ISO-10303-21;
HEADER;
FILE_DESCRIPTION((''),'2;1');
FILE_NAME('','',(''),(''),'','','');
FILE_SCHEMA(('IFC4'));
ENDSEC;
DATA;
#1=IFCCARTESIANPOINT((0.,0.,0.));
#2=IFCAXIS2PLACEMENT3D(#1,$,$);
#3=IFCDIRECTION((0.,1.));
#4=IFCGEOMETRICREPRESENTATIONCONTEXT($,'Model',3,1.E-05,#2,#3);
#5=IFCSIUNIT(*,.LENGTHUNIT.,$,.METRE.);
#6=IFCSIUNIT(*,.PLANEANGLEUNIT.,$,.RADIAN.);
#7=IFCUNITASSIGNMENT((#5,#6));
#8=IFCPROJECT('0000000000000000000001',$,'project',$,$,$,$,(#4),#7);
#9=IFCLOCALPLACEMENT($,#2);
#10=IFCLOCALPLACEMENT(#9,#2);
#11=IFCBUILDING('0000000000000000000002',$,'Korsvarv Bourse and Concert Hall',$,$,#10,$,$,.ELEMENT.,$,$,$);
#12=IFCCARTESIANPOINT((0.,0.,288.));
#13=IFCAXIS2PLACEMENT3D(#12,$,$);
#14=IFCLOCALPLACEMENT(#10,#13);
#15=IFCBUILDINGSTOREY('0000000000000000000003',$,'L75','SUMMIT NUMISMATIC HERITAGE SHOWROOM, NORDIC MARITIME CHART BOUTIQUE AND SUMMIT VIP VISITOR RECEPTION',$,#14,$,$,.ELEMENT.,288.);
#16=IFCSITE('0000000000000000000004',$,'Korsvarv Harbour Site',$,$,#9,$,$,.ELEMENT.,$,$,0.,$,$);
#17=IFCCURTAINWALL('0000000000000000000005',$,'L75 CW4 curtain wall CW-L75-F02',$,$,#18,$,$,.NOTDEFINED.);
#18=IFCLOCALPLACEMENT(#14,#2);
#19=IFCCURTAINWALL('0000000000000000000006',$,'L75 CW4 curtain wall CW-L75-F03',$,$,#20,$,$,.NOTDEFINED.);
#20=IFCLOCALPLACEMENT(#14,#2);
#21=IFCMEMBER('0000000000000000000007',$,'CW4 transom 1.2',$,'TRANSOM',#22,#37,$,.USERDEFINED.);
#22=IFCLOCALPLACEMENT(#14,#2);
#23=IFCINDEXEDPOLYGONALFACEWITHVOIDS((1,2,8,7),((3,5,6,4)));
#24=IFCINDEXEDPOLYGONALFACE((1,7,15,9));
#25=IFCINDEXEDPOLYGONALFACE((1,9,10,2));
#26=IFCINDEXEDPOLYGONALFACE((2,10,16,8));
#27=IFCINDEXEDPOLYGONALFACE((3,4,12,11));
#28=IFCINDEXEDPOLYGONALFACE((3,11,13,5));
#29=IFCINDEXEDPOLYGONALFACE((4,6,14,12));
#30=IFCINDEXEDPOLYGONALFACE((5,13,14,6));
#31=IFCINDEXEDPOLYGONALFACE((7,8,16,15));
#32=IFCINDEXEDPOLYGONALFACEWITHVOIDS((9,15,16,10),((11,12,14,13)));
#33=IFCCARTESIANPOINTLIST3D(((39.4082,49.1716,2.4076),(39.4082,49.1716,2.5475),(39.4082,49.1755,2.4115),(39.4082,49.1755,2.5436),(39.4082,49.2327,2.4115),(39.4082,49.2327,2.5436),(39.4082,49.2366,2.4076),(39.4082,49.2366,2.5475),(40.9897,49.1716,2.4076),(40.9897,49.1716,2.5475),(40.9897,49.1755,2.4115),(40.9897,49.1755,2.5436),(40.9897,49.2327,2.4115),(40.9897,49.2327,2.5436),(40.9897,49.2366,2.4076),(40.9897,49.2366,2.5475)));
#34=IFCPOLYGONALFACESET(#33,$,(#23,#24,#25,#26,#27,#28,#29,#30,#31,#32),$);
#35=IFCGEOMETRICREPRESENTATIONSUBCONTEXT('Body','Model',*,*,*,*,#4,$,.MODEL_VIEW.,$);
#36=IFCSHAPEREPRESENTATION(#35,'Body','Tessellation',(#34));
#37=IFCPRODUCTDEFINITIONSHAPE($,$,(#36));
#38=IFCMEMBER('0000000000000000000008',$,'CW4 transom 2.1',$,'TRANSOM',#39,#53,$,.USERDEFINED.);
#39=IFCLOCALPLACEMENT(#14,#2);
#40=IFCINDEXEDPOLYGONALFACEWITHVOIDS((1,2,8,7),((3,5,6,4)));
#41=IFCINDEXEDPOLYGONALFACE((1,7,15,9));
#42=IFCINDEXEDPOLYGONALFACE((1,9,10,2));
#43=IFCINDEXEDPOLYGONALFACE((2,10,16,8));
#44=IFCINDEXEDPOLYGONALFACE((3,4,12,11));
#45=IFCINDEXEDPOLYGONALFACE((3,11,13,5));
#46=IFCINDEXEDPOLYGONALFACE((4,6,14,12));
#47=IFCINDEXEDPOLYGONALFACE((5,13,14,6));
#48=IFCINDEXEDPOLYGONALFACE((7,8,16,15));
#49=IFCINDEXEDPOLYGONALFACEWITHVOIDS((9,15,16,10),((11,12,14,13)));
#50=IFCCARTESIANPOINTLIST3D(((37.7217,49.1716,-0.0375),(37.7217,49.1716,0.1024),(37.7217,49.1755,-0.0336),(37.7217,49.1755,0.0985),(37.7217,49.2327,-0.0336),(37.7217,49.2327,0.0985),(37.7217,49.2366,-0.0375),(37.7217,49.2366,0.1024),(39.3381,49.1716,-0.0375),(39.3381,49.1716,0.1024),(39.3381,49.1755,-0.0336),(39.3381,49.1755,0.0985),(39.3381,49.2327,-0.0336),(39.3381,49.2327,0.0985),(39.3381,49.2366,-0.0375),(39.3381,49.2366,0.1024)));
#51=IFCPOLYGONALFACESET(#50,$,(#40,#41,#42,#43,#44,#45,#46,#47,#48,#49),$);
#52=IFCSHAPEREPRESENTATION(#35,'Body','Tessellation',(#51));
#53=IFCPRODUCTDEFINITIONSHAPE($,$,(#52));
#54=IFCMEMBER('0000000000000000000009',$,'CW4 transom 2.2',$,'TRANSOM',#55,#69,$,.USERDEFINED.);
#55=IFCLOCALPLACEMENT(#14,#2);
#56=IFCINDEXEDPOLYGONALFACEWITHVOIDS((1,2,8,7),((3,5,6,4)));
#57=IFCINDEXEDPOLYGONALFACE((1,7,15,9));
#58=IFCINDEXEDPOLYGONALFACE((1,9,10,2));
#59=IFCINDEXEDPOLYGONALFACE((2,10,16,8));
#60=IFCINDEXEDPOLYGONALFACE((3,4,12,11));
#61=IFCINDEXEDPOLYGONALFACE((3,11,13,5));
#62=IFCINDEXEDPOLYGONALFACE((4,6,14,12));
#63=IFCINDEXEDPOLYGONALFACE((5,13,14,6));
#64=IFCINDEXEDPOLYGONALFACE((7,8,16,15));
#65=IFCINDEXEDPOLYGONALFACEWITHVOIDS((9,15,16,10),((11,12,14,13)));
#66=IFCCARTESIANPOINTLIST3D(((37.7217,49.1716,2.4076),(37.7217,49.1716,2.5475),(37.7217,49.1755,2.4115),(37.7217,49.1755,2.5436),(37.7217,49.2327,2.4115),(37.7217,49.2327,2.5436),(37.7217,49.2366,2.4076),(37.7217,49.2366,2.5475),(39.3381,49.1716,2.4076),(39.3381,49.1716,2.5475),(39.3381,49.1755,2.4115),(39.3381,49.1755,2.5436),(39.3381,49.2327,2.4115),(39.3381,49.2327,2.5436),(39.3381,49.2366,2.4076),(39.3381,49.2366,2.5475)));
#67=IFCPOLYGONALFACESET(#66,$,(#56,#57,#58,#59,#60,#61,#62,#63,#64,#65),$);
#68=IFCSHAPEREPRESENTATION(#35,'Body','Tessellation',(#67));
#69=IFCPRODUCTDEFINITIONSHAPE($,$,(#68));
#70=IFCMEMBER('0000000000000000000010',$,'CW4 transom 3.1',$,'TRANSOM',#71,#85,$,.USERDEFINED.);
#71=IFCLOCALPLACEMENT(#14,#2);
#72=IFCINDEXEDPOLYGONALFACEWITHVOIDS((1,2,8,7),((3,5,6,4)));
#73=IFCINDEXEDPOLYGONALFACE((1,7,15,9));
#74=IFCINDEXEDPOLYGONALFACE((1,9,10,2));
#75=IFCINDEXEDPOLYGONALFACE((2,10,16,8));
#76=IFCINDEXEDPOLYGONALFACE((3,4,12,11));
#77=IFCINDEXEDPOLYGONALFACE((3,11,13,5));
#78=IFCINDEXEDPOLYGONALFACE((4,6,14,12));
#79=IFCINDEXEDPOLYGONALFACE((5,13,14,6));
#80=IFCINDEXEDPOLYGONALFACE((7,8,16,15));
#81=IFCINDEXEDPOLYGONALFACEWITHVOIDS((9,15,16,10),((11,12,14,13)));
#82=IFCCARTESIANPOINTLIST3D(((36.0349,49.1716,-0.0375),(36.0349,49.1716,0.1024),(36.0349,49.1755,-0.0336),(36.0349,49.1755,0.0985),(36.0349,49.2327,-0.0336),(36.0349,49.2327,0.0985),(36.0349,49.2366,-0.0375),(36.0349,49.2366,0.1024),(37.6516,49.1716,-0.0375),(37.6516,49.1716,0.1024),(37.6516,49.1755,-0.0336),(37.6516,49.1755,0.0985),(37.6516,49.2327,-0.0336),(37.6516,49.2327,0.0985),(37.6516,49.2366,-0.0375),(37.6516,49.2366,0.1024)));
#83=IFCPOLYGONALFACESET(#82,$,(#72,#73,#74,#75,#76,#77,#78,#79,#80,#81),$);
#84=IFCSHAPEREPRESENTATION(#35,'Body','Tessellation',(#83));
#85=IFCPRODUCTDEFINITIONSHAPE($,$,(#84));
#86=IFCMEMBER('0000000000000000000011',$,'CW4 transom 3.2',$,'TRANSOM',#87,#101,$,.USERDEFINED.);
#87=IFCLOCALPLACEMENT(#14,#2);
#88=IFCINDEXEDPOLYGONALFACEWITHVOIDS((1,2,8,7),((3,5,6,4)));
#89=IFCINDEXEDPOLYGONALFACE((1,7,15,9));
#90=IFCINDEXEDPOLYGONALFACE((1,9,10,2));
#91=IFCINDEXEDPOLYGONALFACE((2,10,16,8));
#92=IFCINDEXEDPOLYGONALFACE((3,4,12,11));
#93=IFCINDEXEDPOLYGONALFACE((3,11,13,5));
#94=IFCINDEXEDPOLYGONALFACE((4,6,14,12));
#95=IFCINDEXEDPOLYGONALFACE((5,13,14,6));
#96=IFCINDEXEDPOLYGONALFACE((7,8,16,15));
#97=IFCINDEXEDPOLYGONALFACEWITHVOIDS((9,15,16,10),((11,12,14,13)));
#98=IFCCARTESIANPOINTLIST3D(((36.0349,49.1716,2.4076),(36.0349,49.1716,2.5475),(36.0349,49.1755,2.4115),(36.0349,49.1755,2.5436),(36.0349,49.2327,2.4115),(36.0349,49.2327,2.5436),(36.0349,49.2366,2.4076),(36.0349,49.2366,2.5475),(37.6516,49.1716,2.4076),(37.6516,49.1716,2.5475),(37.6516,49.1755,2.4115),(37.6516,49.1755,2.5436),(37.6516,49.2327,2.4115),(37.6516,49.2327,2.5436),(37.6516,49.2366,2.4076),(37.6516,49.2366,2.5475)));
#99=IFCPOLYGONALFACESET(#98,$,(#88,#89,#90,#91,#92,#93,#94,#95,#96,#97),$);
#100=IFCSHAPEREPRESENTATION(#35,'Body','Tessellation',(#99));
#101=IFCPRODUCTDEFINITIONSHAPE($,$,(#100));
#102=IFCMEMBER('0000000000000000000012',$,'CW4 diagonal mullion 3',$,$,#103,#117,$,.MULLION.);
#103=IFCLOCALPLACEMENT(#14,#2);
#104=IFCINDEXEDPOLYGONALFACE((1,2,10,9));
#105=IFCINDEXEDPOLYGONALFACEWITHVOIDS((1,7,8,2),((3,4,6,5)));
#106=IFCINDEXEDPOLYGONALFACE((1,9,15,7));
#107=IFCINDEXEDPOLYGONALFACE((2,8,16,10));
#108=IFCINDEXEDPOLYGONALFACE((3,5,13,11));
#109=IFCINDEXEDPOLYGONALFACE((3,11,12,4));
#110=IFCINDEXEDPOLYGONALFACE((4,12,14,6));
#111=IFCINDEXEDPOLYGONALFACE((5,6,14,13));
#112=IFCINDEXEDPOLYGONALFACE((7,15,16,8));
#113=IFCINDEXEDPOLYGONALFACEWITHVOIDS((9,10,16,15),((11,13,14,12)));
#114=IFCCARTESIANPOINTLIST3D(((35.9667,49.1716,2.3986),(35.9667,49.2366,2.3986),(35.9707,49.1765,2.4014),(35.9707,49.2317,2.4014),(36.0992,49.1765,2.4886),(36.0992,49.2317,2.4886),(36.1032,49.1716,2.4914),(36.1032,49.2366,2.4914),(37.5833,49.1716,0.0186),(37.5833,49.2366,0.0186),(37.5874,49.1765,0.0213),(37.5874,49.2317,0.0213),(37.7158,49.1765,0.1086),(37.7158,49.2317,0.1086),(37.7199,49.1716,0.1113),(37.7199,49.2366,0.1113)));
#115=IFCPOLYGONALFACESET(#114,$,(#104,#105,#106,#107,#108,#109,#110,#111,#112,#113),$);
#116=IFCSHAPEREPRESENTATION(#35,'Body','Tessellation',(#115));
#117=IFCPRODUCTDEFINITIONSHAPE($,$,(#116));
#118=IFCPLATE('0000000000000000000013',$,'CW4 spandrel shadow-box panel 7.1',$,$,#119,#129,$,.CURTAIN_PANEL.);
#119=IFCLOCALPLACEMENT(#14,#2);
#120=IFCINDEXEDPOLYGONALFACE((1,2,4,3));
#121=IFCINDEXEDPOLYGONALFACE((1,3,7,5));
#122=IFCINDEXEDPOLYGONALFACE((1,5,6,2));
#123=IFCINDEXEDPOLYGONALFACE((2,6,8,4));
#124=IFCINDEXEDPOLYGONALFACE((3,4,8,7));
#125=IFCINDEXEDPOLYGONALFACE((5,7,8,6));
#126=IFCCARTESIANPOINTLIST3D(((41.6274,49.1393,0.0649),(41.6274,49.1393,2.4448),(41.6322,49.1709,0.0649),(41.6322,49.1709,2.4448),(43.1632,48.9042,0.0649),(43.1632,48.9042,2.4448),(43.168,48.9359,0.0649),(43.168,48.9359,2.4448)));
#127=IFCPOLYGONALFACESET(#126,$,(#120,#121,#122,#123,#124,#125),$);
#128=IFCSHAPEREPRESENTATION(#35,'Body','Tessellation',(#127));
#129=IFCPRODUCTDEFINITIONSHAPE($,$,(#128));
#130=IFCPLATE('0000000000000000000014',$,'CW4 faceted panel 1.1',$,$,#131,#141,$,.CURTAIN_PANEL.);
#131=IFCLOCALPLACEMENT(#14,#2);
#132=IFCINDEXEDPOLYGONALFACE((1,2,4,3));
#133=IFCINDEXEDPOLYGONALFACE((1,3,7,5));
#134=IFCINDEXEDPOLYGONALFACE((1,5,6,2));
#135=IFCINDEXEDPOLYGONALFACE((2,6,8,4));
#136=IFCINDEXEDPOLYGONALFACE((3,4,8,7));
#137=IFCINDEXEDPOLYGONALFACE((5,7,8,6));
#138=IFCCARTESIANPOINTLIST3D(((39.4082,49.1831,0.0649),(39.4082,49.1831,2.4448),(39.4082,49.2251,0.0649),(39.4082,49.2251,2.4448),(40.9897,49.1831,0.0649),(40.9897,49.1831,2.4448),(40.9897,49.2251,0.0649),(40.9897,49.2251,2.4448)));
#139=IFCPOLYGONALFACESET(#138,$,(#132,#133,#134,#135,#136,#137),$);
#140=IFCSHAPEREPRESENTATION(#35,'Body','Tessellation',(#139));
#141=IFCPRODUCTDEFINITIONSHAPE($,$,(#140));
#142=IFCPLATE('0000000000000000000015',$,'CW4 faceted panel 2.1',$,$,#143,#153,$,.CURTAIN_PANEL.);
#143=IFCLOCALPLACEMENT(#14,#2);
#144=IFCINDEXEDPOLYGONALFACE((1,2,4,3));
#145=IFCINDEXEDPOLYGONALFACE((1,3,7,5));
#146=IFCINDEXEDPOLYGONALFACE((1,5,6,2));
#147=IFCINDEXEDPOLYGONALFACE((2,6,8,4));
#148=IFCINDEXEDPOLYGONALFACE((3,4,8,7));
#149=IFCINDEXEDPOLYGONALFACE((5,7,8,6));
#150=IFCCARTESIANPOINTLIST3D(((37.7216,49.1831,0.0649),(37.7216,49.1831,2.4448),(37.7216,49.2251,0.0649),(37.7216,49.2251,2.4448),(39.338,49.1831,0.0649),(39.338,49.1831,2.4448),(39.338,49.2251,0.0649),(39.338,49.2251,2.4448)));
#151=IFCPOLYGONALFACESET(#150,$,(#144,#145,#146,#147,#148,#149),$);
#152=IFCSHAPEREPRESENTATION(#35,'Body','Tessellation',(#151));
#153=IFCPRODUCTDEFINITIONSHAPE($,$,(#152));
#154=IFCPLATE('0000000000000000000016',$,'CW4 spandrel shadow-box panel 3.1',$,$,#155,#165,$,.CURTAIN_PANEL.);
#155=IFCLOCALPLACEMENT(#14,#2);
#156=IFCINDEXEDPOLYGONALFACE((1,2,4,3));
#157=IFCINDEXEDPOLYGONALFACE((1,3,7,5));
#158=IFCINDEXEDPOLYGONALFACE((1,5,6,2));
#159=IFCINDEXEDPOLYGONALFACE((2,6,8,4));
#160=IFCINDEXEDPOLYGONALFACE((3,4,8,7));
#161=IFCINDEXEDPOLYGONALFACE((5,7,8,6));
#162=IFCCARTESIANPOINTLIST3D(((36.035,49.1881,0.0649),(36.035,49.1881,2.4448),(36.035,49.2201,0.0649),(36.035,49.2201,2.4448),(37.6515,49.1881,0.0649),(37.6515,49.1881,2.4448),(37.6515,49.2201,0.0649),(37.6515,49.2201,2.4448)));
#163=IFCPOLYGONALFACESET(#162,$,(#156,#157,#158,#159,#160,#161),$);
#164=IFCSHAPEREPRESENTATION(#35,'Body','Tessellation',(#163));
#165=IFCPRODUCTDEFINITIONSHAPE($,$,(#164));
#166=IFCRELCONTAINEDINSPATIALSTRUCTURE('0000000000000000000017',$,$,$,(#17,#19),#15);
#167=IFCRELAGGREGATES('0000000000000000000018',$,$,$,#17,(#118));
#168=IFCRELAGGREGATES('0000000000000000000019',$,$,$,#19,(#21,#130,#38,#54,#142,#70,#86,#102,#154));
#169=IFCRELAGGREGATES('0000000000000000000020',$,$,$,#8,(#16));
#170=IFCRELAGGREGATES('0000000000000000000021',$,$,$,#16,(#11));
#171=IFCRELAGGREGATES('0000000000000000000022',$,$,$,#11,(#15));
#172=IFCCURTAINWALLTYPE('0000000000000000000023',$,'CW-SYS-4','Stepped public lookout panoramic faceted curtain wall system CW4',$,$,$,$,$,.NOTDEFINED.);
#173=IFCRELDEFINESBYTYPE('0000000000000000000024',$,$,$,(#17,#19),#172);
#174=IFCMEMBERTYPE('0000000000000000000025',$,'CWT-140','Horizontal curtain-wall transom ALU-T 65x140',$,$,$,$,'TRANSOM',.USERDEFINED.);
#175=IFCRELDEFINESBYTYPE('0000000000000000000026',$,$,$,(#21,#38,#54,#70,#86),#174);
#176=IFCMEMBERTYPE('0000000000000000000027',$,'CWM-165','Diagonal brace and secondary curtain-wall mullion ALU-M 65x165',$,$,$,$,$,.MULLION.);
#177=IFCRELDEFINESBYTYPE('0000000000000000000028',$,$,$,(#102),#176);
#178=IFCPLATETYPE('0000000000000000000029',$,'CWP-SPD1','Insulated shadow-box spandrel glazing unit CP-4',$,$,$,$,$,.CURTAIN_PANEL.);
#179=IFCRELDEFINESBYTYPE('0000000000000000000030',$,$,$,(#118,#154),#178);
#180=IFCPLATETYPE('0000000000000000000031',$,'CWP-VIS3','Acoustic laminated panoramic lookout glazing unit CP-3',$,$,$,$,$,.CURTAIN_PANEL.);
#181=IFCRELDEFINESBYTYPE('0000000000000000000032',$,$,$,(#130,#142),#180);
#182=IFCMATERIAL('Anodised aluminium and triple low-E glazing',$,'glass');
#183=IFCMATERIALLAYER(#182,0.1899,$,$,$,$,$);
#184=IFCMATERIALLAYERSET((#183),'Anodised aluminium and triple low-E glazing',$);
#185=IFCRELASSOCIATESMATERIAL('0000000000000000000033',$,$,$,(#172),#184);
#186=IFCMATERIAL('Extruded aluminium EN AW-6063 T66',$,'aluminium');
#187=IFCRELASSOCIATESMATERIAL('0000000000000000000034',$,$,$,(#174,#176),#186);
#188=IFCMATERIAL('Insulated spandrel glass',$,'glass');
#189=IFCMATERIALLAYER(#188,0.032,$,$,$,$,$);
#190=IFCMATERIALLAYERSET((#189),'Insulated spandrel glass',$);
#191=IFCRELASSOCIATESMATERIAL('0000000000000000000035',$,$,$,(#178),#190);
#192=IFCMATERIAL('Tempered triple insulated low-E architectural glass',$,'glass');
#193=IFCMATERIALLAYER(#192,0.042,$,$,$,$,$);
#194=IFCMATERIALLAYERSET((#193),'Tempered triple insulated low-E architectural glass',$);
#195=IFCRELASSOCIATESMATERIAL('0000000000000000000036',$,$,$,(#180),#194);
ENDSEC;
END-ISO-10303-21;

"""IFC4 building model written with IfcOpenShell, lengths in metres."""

from ifc_helpers import new_model, si_unit, direction, frame, origin, origin_2d, place, context, subcontext, project, spatial, rectangle, hollow_rectangle, extrude, source, transform, mapped, material, layer, layer_set, material_profile, profile_set, type_object, element, aggregate, save


model = new_model("IFC4")

# Units and contexts
model_context = context("Model", 3, precision=1e-05, world=origin(), true_north=direction((0.0, 1.0)))
body_context = subcontext(model_context, "Body", "Model", "MODEL_VIEW")
ifc_project = project(units=[si_unit("LENGTHUNIT", "METRE"), si_unit("PLANEANGLEUNIT", "RADIAN")], contexts=[model_context])

# Site, building, storey
site_placement = place(None, origin())
site = spatial("IfcSite", under=ifc_project, at=site_placement, Name="Korsvarv Harbour Site", CompositionType="ELEMENT", RefElevation=0.0)
building_placement = place(site_placement, origin())
building = spatial("IfcBuilding", under=site, at=building_placement, Name="Korsvarv Bourse and Concert Hall", CompositionType="ELEMENT")
storey_placement = place(building_placement, frame((0.0, 0.0, 288.0)))
storey = spatial("IfcBuildingStorey", under=building, at=storey_placement, Name="L75", Description="SUMMIT NUMISMATIC HERITAGE SHOWROOM, NORDIC MARITIME CHART BOUTIQUE AND SUMMIT VIP VISITOR RECEPTION", CompositionType="ELEMENT", Elevation=288.0)

# Curtain wall
ifc_material_1 = material(Name="Anodised aluminium and triple low-E glazing", Category="glass")
ifc_layer_1 = layer(ifc_material_1, 0.1899)
ifc_layer_set_1 = layer_set([ifc_layer_1], Name="Anodised aluminium and triple low-E glazing")
curtain_wall_type = type_object("IfcCurtainWallType", Name="CW-SYS-4", Description="Stepped public lookout panoramic faceted curtain wall system CW4", PredefinedType="NOTDEFINED", material=ifc_layer_set_1)
curtain_wall_1_placement = place(storey_placement, origin())
curtain_wall_1 = element("IfcCurtainWall", 1, at=curtain_wall_1_placement, inside=storey, type_object=curtain_wall_type, Name="L75 CW4 curtain wall CW-L75-F02", PredefinedType="NOTDEFINED")
ifc_material_2 = material(Name="Extruded aluminium EN AW-6063 T66", Category="aluminium")

# Curtain wall, members
curtain_wall_2_placement = place(storey_placement, origin())
curtain_wall_2 = element("IfcCurtainWall", 2, at=curtain_wall_2_placement, inside=storey, type_object=curtain_wall_type, Name="L75 CW4 curtain wall CW-L75-F03", PredefinedType="NOTDEFINED")
ifc_material_profile_1 = material_profile(ifc_material_2, hollow_rectangle(XDim=0.0649, YDim=0.1399, WallThickness=0.0039, at=origin_2d()), Name="ALU-T 65x140")
ifc_profile_set_1 = profile_set([ifc_material_profile_1], Name="Extruded aluminium EN AW-6063 T66")
member_type_1 = type_object("IfcMemberType", Name="CWT-140", Description="Horizontal curtain-wall transom ALU-T 65x140", ElementType="TRANSOM", PredefinedType="USERDEFINED", material=ifc_profile_set_1)
shared_shape_1 = source(origin(), body_context, "Body", "SweptSolid", [
    extrude(hollow_rectangle(XDim=0.0649, YDim=0.1399, WallThickness=0.0039, at=origin_2d()), origin(), (0.0, 0.0, 1.0), 1.5815),
])
member_1_placement = place(storey_placement, frame((40.9897, 49.2041, 2.4775), z_axis=(-1.0, 0.0, 0.0), x_axis=(0.0, -1.0, 0.0)))
member_1 = element("IfcMember", 3, at=member_1_placement, type_object=member_type_1, Name="CW4 transom 1.2", ObjectType="TRANSOM", PredefinedType="USERDEFINED", context=body_context, shape_type="MappedRepresentation", body=[
    mapped(shared_shape_1, transform((0.0, 0.0, 0.0), scale=1.0)),
])
shared_shape_2 = source(origin(), body_context, "Body", "SweptSolid", [
    extrude(hollow_rectangle(XDim=0.0649, YDim=0.1399, WallThickness=0.0039, at=origin_2d()), origin(), (0.0, 0.0, 1.0), 1.6165),
])
member_2_placement = place(storey_placement, frame((39.3381, 49.2041, 0.0325), z_axis=(-1.0, 0.0, 0.0), x_axis=(0.0, -1.0, 0.0)))
member_2 = element("IfcMember", 4, at=member_2_placement, type_object=member_type_1, Name="CW4 transom 2.1", ObjectType="TRANSOM", PredefinedType="USERDEFINED", context=body_context, shape_type="MappedRepresentation", body=[
    mapped(shared_shape_2, transform((0.0, 0.0, 0.0), scale=1.0)),
])
member_3_placement = place(storey_placement, frame((39.3381, 49.2041, 2.4775), z_axis=(-1.0, 0.0, 0.0), x_axis=(0.0, -1.0, 0.0)))
member_3 = element("IfcMember", 5, at=member_3_placement, type_object=member_type_1, Name="CW4 transom 2.2", ObjectType="TRANSOM", PredefinedType="USERDEFINED", context=body_context, shape_type="MappedRepresentation", body=[
    mapped(shared_shape_2, transform((0.0, 0.0, 0.0), scale=1.0)),
])
shared_shape_3 = source(origin(), body_context, "Body", "SweptSolid", [
    extrude(hollow_rectangle(XDim=0.0649, YDim=0.1399, WallThickness=0.0039, at=origin_2d()), origin(), (0.0, 0.0, 1.0), 1.6167),
])
member_4_placement = place(storey_placement, frame((37.6516, 49.2041, 0.0325), z_axis=(-1.0, 0.0, 0.0), x_axis=(0.0, -1.0, 0.0)))
member_4 = element("IfcMember", 6, at=member_4_placement, type_object=member_type_1, Name="CW4 transom 3.1", ObjectType="TRANSOM", PredefinedType="USERDEFINED", context=body_context, shape_type="MappedRepresentation", body=[
    mapped(shared_shape_3, transform((0.0, 0.0, 0.0), scale=1.0)),
])
member_5_placement = place(storey_placement, frame((37.6516, 49.2041, 2.4775), z_axis=(-1.0, 0.0, 0.0), x_axis=(0.0, -1.0, 0.0)))
member_5 = element("IfcMember", 7, at=member_5_placement, type_object=member_type_1, Name="CW4 transom 3.2", ObjectType="TRANSOM", PredefinedType="USERDEFINED", context=body_context, shape_type="MappedRepresentation", body=[
    mapped(shared_shape_3, transform((0.0, 0.0, 0.0), scale=1.0)),
])
ifc_material_profile_2 = material_profile(ifc_material_2, hollow_rectangle(XDim=0.0649, YDim=0.165, WallThickness=0.0049, at=origin_2d()), Name="ALU-M 65x165")
ifc_profile_set_2 = profile_set([ifc_material_profile_2], Name="Extruded aluminium EN AW-6063 T66")
member_type_2 = type_object("IfcMemberType", Name="CWM-165", Description="Diagonal brace and secondary curtain-wall mullion ALU-M 65x165", PredefinedType="MULLION", material=ifc_profile_set_2)
shared_shape_4 = source(origin(), body_context, "Body", "SweptSolid", [
    extrude(hollow_rectangle(XDim=0.0649, YDim=0.165, WallThickness=0.0049, at=origin_2d()), origin(), (0.0, 0.0, 1.0), 2.8772),
])
member_6_placement = place(storey_placement, frame((37.6516, 49.2041, 0.0649), z_axis=(-0.561885, 0.0, 0.827215), x_axis=(0.0, -1.0, 0.0)))
member_6 = element("IfcMember", 8, at=member_6_placement, type_object=member_type_2, Name="CW4 diagonal mullion 3", PredefinedType="MULLION", context=body_context, shape_type="MappedRepresentation", body=[
    mapped(shared_shape_4, transform((0.0, 0.0, 0.0), scale=1.0)),
])

# Plates
ifc_material_3 = material(Name="Insulated spandrel glass", Category="glass")
ifc_layer_2 = layer(ifc_material_3, 0.032)
ifc_layer_set_2 = layer_set([ifc_layer_2], Name="Insulated spandrel glass")
plate_type_1 = type_object("IfcPlateType", Name="CWP-SPD1", Description="Insulated shadow-box spandrel glazing unit CP-4", PredefinedType="CURTAIN_PANEL", material=ifc_layer_set_2)
shared_shape_5 = source(origin(), body_context, "Body", "SweptSolid", [
    extrude(rectangle(XDim=1.5537, YDim=0.032, at=origin_2d()), origin(), (0.0, 0.0, 1.0), 2.3799),
])
plate_1_placement = place(storey_placement, frame((42.3977, 49.0376, 0.0649), z_axis=(0.0, 0.0, 1.0), x_axis=(-0.988487, 0.151305, 0.0)))
plate_1 = element("IfcPlate", 9, at=plate_1_placement, type_object=plate_type_1, Name="CW4 spandrel shadow-box panel 7.1", PredefinedType="CURTAIN_PANEL", context=body_context, shape_type="MappedRepresentation", body=[
    mapped(shared_shape_5, transform((0.0, 0.0, 0.0), scale=1.0)),
])
aggregate(curtain_wall_1, [plate_1])
ifc_material_4 = material(Name="Tempered triple insulated low-E architectural glass", Category="glass")
ifc_layer_3 = layer(ifc_material_4, 0.042)
ifc_layer_set_3 = layer_set([ifc_layer_3], Name="Tempered triple insulated low-E architectural glass")
plate_type_2 = type_object("IfcPlateType", Name="CWP-VIS3", Description="Acoustic laminated panoramic lookout glazing unit CP-3", PredefinedType="CURTAIN_PANEL", material=ifc_layer_set_3)
shared_shape_6 = source(origin(), body_context, "Body", "SweptSolid", [
    extrude(rectangle(XDim=1.5815, YDim=0.042, at=origin_2d()), origin(), (0.0, 0.0, 1.0), 2.3799),
])
plate_2_placement = place(storey_placement, frame((40.199, 49.2041, 0.0649), z_axis=(0.0, 0.0, 1.0), x_axis=(-1.0, 0.0, 0.0)))
plate_2 = element("IfcPlate", 10, at=plate_2_placement, type_object=plate_type_2, Name="CW4 faceted panel 1.1", PredefinedType="CURTAIN_PANEL", context=body_context, shape_type="MappedRepresentation", body=[
    mapped(shared_shape_6, transform((0.0, 0.0, 0.0), scale=1.0)),
])
shared_shape_7 = source(origin(), body_context, "Body", "SweptSolid", [
    extrude(rectangle(XDim=1.6165, YDim=0.042, at=origin_2d()), origin(), (0.0, 0.0, 1.0), 2.3799),
])
plate_3_placement = place(storey_placement, frame((38.5298, 49.2041, 0.0649), z_axis=(0.0, 0.0, 1.0), x_axis=(-1.0, 0.0, 0.0)))
plate_3 = element("IfcPlate", 11, at=plate_3_placement, type_object=plate_type_2, Name="CW4 faceted panel 2.1", PredefinedType="CURTAIN_PANEL", context=body_context, shape_type="MappedRepresentation", body=[
    mapped(shared_shape_7, transform((0.0, 0.0, 0.0), scale=1.0)),
])
shared_shape_8 = source(origin(), body_context, "Body", "SweptSolid", [
    extrude(rectangle(XDim=1.6165, YDim=0.032, at=origin_2d()), origin(), (0.0, 0.0, 1.0), 2.3799),
])
plate_4_placement = place(storey_placement, frame((36.8433, 49.2041, 0.0649), z_axis=(0.0, 0.0, 1.0), x_axis=(-1.0, 0.0, 0.0)))
plate_4 = element("IfcPlate", 12, at=plate_4_placement, type_object=plate_type_1, Name="CW4 spandrel shadow-box panel 3.1", PredefinedType="CURTAIN_PANEL", context=body_context, shape_type="MappedRepresentation", body=[
    mapped(shared_shape_8, transform((0.0, 0.0, 0.0), scale=1.0)),
])
aggregate(curtain_wall_2, [member_1, plate_2, member_2, member_3, plate_3, member_4, member_5, member_6, plate_4])

save(model, "model.ifc")
